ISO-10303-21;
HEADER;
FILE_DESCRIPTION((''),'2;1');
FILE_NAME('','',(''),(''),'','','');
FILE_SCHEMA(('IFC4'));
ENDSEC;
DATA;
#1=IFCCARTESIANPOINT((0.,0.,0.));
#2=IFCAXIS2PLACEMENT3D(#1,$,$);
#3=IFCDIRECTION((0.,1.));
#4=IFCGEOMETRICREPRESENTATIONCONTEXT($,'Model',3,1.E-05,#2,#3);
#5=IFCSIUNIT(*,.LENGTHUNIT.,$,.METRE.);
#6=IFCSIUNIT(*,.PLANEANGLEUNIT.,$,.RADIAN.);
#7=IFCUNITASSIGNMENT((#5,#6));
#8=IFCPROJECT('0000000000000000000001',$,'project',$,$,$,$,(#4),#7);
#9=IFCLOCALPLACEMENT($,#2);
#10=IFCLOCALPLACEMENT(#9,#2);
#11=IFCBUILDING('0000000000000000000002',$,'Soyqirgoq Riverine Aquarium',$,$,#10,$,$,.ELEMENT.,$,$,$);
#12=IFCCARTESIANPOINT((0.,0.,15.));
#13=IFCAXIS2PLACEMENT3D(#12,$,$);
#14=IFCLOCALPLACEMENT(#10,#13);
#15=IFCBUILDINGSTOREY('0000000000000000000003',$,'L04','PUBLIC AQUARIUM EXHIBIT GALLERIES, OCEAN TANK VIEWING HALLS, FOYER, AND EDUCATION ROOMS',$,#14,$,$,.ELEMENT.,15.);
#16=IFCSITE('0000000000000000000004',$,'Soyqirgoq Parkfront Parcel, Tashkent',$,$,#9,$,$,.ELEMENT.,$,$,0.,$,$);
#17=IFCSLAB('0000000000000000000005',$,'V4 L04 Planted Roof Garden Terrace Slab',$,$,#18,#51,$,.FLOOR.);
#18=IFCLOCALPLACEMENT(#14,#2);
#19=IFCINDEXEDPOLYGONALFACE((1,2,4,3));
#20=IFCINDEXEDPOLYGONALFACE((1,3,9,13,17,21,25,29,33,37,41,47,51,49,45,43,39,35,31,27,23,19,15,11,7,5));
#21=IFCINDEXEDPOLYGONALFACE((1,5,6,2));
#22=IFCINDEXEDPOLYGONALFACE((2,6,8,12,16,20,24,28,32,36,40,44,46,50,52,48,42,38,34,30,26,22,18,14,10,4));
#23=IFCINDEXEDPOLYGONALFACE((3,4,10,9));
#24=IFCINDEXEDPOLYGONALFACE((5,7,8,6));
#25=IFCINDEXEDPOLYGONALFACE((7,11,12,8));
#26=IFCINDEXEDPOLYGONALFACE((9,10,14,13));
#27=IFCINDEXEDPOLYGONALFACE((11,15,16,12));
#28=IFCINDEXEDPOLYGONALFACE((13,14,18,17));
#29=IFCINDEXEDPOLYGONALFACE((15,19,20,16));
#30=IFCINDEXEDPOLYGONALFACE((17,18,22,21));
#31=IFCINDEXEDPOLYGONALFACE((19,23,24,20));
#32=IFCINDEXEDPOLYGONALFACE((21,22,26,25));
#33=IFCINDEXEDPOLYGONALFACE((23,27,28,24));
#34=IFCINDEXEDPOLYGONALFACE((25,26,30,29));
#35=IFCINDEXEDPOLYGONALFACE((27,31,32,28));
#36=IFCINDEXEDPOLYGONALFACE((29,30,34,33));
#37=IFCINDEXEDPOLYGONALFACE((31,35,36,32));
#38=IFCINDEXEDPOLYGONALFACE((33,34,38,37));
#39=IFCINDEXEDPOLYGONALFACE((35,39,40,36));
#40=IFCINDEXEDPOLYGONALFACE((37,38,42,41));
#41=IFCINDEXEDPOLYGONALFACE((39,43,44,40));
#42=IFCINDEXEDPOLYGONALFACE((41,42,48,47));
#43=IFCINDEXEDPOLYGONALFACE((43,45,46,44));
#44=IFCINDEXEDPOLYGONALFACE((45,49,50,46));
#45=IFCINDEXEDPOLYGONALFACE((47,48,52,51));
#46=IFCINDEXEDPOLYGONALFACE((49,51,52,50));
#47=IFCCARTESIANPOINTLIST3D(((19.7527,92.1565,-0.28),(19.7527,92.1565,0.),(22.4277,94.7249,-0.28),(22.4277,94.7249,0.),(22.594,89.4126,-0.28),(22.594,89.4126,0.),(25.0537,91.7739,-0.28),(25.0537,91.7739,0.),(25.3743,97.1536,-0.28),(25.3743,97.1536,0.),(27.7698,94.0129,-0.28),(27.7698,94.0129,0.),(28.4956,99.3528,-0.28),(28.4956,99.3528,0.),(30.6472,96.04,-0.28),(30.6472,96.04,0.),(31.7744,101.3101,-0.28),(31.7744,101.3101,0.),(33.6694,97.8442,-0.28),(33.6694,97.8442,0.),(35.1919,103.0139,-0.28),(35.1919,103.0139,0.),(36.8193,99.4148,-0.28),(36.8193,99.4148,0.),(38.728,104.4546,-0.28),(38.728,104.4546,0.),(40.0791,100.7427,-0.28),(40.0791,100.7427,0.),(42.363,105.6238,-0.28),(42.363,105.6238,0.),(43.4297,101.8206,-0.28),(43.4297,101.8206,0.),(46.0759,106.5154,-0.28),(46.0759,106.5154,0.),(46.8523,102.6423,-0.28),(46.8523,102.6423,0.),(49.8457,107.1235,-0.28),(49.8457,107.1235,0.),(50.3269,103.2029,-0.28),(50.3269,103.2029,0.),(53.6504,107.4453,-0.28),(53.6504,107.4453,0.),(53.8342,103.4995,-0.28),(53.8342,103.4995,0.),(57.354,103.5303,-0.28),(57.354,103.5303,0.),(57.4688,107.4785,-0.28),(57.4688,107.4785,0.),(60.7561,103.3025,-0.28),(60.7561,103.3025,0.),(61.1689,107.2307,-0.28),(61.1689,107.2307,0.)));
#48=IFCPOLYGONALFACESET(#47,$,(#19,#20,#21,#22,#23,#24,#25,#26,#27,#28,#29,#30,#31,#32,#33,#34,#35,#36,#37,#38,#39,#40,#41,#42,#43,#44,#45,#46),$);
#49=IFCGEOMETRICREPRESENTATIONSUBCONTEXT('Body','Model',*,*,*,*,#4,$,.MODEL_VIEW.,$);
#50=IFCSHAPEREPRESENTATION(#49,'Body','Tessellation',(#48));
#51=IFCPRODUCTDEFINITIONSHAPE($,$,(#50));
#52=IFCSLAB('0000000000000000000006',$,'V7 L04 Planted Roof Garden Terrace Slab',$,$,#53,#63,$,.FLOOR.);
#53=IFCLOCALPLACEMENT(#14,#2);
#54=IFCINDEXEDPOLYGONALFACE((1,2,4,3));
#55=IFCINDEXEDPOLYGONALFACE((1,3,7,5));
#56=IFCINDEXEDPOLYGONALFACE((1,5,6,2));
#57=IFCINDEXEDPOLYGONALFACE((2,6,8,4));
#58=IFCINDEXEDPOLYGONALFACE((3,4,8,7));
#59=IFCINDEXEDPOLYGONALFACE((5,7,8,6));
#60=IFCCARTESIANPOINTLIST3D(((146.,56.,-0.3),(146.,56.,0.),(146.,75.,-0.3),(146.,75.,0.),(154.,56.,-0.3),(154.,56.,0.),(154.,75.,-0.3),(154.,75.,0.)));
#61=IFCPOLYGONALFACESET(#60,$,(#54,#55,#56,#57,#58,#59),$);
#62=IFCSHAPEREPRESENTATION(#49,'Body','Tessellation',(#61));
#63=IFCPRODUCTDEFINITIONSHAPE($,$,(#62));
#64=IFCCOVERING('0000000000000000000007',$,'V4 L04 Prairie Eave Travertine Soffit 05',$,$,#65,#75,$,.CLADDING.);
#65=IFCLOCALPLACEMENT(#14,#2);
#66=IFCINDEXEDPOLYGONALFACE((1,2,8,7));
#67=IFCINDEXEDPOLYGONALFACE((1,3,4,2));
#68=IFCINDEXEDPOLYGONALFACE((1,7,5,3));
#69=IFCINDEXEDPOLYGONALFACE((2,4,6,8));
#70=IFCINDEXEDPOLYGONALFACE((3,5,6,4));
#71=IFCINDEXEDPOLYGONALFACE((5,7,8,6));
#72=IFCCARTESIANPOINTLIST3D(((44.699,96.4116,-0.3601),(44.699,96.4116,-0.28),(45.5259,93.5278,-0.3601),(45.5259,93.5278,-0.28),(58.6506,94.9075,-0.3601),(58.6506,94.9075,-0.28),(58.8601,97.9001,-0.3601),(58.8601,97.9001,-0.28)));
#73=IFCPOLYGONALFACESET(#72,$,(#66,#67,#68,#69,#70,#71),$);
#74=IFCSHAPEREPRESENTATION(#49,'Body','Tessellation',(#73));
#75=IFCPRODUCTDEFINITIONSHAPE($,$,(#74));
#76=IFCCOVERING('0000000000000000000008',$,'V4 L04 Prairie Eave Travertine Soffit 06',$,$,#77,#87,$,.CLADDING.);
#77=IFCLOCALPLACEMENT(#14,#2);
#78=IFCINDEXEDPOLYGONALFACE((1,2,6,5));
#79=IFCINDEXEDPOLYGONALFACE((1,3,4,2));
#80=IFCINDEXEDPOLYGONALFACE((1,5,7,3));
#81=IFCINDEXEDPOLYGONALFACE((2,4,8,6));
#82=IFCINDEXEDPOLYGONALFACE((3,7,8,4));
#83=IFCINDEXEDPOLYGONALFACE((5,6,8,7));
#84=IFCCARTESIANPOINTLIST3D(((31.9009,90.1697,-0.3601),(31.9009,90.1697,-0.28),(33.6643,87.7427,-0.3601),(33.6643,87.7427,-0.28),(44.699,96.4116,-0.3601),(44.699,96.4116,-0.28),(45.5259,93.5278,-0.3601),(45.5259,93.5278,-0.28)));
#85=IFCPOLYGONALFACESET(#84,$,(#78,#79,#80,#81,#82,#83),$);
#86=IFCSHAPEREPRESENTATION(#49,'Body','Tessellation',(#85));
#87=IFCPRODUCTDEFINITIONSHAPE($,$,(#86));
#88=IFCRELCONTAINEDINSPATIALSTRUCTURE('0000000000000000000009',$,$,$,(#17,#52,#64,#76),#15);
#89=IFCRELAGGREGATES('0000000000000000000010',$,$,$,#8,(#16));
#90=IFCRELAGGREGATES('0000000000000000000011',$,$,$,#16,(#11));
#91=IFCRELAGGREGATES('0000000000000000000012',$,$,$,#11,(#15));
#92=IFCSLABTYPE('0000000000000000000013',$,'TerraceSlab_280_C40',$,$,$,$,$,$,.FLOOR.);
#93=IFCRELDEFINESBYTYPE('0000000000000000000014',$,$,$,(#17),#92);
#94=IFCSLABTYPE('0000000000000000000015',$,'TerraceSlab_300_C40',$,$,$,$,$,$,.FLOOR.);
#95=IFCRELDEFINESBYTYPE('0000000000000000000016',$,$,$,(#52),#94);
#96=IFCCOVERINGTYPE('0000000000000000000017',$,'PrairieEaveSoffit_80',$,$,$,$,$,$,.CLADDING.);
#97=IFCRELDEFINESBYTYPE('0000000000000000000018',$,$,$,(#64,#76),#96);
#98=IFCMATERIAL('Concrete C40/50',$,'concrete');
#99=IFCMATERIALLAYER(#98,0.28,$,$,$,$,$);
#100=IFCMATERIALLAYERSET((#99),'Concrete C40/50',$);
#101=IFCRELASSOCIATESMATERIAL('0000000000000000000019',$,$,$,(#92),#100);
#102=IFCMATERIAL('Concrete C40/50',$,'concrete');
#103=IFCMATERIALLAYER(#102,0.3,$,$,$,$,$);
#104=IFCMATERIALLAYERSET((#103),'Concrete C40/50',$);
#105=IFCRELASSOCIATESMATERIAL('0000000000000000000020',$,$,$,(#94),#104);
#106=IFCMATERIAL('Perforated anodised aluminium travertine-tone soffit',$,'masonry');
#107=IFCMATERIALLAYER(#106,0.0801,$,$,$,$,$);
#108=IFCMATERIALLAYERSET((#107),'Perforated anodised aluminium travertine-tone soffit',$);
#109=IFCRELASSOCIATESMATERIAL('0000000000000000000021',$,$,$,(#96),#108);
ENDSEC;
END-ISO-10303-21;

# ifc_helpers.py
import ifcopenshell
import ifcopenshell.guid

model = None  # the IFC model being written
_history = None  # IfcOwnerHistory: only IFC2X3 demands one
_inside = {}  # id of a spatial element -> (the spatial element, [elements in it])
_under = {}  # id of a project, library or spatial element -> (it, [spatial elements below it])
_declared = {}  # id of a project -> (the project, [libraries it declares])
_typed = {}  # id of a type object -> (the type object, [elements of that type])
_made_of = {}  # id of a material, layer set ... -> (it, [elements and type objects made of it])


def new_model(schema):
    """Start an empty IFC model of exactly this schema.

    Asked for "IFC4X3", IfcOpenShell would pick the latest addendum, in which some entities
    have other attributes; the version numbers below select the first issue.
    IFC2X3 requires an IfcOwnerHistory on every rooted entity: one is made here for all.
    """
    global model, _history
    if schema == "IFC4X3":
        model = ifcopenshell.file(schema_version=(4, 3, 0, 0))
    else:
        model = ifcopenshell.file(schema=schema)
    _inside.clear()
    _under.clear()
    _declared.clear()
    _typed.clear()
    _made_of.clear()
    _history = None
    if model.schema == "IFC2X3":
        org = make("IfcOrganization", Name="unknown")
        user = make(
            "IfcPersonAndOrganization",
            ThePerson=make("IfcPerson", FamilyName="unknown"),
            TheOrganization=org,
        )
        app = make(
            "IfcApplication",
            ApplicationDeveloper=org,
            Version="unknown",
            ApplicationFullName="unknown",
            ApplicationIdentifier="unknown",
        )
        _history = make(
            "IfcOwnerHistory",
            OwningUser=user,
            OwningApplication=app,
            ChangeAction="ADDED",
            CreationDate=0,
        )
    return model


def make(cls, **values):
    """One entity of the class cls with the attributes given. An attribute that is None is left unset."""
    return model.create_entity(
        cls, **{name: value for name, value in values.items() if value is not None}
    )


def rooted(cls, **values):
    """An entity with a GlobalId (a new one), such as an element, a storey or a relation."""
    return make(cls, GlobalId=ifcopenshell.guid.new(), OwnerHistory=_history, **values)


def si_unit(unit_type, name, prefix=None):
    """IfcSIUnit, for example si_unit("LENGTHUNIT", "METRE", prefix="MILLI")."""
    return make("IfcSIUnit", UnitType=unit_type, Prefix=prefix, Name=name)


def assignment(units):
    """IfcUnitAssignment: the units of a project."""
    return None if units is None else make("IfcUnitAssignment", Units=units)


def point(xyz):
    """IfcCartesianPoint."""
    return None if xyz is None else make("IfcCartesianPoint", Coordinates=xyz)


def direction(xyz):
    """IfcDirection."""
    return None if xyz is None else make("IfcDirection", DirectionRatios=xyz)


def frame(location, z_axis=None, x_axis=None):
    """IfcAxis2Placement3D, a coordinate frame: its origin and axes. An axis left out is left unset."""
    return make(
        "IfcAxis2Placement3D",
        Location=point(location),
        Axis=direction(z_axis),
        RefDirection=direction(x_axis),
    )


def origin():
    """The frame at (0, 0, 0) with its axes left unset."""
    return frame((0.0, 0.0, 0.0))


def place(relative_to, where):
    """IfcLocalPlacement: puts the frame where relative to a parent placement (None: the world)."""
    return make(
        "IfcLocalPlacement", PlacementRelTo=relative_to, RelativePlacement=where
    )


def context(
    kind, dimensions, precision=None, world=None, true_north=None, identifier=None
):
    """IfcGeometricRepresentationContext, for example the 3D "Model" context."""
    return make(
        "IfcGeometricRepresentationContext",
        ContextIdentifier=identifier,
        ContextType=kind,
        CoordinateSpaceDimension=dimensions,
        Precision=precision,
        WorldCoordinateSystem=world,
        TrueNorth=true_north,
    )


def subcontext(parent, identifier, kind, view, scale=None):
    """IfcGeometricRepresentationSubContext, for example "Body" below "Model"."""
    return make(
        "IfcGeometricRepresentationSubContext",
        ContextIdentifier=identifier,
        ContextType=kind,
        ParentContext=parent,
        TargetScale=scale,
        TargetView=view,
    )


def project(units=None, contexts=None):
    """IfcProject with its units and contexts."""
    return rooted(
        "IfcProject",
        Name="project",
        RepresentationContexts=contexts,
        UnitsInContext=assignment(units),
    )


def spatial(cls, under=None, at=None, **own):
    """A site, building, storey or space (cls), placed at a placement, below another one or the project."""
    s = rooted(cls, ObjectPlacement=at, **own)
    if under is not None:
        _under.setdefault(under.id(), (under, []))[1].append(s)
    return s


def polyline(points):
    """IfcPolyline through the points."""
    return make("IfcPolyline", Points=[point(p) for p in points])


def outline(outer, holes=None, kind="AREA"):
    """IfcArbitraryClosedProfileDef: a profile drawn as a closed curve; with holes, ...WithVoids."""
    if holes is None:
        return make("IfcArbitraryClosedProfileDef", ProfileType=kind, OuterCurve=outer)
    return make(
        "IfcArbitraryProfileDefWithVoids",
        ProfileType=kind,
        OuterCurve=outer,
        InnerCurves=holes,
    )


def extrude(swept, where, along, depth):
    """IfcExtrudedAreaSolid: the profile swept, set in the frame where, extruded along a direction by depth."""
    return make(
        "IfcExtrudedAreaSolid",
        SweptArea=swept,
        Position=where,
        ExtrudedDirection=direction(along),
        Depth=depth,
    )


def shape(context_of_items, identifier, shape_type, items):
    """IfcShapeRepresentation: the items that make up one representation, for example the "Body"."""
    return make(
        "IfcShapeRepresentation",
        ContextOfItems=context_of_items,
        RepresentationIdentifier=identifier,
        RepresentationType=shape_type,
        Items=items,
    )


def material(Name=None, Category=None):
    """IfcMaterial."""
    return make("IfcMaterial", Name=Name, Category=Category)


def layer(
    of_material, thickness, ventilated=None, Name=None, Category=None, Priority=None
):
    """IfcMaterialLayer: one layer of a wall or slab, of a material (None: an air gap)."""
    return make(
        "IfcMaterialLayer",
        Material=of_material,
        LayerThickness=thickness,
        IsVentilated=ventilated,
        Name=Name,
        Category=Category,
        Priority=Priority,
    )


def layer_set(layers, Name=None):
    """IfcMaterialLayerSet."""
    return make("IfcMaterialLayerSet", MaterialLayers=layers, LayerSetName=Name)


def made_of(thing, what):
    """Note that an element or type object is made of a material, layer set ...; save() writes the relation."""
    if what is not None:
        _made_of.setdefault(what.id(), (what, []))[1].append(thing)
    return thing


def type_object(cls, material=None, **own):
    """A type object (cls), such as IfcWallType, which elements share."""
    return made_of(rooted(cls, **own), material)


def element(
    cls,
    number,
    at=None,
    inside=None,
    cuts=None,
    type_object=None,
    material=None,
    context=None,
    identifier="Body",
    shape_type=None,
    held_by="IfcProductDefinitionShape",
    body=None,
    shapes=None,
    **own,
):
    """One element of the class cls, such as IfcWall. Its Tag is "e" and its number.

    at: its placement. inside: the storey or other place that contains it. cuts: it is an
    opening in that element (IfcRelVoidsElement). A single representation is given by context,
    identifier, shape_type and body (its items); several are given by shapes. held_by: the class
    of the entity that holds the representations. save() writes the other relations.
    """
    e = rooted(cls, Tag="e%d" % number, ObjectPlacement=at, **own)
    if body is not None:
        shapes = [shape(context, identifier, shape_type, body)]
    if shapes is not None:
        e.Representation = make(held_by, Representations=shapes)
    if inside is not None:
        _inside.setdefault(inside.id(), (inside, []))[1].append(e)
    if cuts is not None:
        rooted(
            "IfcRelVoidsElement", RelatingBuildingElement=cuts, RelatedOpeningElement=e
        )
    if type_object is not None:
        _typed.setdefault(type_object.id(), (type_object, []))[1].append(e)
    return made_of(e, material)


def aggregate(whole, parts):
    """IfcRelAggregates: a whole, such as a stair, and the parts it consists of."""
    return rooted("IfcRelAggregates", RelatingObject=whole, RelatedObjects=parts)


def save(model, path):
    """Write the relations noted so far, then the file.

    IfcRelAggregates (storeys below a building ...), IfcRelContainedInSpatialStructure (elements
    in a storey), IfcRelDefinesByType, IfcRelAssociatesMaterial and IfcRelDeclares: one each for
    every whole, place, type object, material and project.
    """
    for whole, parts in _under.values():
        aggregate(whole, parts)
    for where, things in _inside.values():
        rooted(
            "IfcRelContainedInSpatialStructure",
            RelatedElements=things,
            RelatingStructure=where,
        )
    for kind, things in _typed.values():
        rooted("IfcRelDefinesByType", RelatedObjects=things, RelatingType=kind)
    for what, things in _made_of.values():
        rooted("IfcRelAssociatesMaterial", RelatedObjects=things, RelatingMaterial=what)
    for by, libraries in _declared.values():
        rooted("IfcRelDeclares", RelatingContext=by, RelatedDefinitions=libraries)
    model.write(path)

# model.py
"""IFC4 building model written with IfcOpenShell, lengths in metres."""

from ifc_helpers import new_model, si_unit, direction, frame, origin, place, context, subcontext, project, spatial, polyline, outline, extrude, material, layer, layer_set, type_object, element, save


model = new_model("IFC4")

# Units and contexts
model_context = context("Model", 3, precision=1e-05, world=origin(), true_north=direction((0.0, 1.0)))
body_context = subcontext(model_context, "Body", "Model", "MODEL_VIEW")
ifc_project = project(units=[si_unit("LENGTHUNIT", "METRE"), si_unit("PLANEANGLEUNIT", "RADIAN")], contexts=[model_context])

# Site, building, storey
site_placement = place(None, origin())
site = spatial("IfcSite", under=ifc_project, at=site_placement, Name="Soyqirgoq Parkfront Parcel, Tashkent", CompositionType="ELEMENT", RefElevation=0.0)
building_placement = place(site_placement, origin())
building = spatial("IfcBuilding", under=site, at=building_placement, Name="Soyqirgoq Riverine Aquarium", CompositionType="ELEMENT")
storey_placement = place(building_placement, frame((0.0, 0.0, 15.0)))
storey = spatial("IfcBuildingStorey", under=building, at=storey_placement, Name="L04", Description="PUBLIC AQUARIUM EXHIBIT GALLERIES, OCEAN TANK VIEWING HALLS, FOYER, AND EDUCATION ROOMS", CompositionType="ELEMENT", Elevation=15.0)

# Slabs
ifc_material_1 = material(Name="Concrete C40/50", Category="concrete")
ifc_layer_1 = layer(ifc_material_1, 0.28)
ifc_layer_set_1 = layer_set([ifc_layer_1], Name="Concrete C40/50")
slab_type_1 = type_object("IfcSlabType", Name="TerraceSlab_280_C40", PredefinedType="FLOOR", material=ifc_layer_set_1)
slab_1_placement = place(storey_placement, frame((0.0, 0.0, -0.28)))
element("IfcSlab", 1, at=slab_1_placement, inside=storey, type_object=slab_type_1, Name="V4 L04 Planted Roof Garden Terrace Slab", PredefinedType="FLOOR", context=body_context, shape_type="SweptSolid", body=[
    extrude(outline(polyline([(53.8342, 103.4995), (57.354, 103.5303), (60.7561, 103.3025), (61.1689, 107.2307), (57.4688, 107.4785), (53.6504, 107.4453), (49.8457, 107.1235), (46.0759, 106.5154), (42.363, 105.6238), (38.728, 104.4546), (35.1919, 103.0139), (31.7744, 101.3101), (28.4956, 99.3528), (25.3743, 97.1536), (22.4277, 94.7249), (19.7527, 92.1565), (22.594, 89.4126), (25.0537, 91.7739), (27.7698, 94.0129), (30.6472, 96.04), (33.6694, 97.8442), (36.8193, 99.4148), (40.0791, 100.7427), (43.4297, 101.8206), (46.8523, 102.6423), (50.3269, 103.2029), (53.8342, 103.4995)])), origin(), (0.0, 0.0, 1.0), 0.28),
])
ifc_material_2 = material(Name="Concrete C40/50", Category="concrete")
ifc_layer_2 = layer(ifc_material_2, 0.3)
ifc_layer_set_2 = layer_set([ifc_layer_2], Name="Concrete C40/50")
slab_type_2 = type_object("IfcSlabType", Name="TerraceSlab_300_C40", PredefinedType="FLOOR", material=ifc_layer_set_2)
slab_2_placement = place(storey_placement, frame((0.0, 0.0, -0.3)))
element("IfcSlab", 2, at=slab_2_placement, inside=storey, type_object=slab_type_2, Name="V7 L04 Planted Roof Garden Terrace Slab", PredefinedType="FLOOR", context=body_context, shape_type="SweptSolid", body=[
    extrude(outline(polyline([(146.0, 56.0), (154.0, 56.0), (154.0, 75.0), (146.0, 75.0), (146.0, 56.0)])), origin(), (0.0, 0.0, 1.0), 0.3),
])

# Coverings
ifc_material_3 = material(Name="Perforated anodised aluminium travertine-tone soffit", Category="masonry")
ifc_layer_3 = layer(ifc_material_3, 0.0801)
ifc_layer_set_3 = layer_set([ifc_layer_3], Name="Perforated anodised aluminium travertine-tone soffit")
covering_type = type_object("IfcCoveringType", Name="PrairieEaveSoffit_80", PredefinedType="CLADDING", material=ifc_layer_set_3)
covering_1_placement = place(storey_placement, frame((0.0, 0.0, -0.3601)))
element("IfcCovering", 3, at=covering_1_placement, inside=storey, type_object=covering_type, Name="V4 L04 Prairie Eave Travertine Soffit 05", PredefinedType="CLADDING", context=body_context, shape_type="SweptSolid", body=[
    extrude(outline(polyline([(58.6506, 94.9075), (58.8601, 97.9001), (44.699, 96.4116), (45.5259, 93.5278), (58.6506, 94.9075)])), origin(), (0.0, 0.0, 1.0), 0.0801),
])
covering_2_placement = place(storey_placement, frame((0.0, 0.0, -0.3601)))
element("IfcCovering", 4, at=covering_2_placement, inside=storey, type_object=covering_type, Name="V4 L04 Prairie Eave Travertine Soffit 06", PredefinedType="CLADDING", context=body_context, shape_type="SweptSolid", body=[
    extrude(outline(polyline([(45.5259, 93.5278), (44.699, 96.4116), (31.9009, 90.1697), (33.6643, 87.7427), (45.5259, 93.5278)])), origin(), (0.0, 0.0, 1.0), 0.0801),
])

save(model, "model.ifc")
